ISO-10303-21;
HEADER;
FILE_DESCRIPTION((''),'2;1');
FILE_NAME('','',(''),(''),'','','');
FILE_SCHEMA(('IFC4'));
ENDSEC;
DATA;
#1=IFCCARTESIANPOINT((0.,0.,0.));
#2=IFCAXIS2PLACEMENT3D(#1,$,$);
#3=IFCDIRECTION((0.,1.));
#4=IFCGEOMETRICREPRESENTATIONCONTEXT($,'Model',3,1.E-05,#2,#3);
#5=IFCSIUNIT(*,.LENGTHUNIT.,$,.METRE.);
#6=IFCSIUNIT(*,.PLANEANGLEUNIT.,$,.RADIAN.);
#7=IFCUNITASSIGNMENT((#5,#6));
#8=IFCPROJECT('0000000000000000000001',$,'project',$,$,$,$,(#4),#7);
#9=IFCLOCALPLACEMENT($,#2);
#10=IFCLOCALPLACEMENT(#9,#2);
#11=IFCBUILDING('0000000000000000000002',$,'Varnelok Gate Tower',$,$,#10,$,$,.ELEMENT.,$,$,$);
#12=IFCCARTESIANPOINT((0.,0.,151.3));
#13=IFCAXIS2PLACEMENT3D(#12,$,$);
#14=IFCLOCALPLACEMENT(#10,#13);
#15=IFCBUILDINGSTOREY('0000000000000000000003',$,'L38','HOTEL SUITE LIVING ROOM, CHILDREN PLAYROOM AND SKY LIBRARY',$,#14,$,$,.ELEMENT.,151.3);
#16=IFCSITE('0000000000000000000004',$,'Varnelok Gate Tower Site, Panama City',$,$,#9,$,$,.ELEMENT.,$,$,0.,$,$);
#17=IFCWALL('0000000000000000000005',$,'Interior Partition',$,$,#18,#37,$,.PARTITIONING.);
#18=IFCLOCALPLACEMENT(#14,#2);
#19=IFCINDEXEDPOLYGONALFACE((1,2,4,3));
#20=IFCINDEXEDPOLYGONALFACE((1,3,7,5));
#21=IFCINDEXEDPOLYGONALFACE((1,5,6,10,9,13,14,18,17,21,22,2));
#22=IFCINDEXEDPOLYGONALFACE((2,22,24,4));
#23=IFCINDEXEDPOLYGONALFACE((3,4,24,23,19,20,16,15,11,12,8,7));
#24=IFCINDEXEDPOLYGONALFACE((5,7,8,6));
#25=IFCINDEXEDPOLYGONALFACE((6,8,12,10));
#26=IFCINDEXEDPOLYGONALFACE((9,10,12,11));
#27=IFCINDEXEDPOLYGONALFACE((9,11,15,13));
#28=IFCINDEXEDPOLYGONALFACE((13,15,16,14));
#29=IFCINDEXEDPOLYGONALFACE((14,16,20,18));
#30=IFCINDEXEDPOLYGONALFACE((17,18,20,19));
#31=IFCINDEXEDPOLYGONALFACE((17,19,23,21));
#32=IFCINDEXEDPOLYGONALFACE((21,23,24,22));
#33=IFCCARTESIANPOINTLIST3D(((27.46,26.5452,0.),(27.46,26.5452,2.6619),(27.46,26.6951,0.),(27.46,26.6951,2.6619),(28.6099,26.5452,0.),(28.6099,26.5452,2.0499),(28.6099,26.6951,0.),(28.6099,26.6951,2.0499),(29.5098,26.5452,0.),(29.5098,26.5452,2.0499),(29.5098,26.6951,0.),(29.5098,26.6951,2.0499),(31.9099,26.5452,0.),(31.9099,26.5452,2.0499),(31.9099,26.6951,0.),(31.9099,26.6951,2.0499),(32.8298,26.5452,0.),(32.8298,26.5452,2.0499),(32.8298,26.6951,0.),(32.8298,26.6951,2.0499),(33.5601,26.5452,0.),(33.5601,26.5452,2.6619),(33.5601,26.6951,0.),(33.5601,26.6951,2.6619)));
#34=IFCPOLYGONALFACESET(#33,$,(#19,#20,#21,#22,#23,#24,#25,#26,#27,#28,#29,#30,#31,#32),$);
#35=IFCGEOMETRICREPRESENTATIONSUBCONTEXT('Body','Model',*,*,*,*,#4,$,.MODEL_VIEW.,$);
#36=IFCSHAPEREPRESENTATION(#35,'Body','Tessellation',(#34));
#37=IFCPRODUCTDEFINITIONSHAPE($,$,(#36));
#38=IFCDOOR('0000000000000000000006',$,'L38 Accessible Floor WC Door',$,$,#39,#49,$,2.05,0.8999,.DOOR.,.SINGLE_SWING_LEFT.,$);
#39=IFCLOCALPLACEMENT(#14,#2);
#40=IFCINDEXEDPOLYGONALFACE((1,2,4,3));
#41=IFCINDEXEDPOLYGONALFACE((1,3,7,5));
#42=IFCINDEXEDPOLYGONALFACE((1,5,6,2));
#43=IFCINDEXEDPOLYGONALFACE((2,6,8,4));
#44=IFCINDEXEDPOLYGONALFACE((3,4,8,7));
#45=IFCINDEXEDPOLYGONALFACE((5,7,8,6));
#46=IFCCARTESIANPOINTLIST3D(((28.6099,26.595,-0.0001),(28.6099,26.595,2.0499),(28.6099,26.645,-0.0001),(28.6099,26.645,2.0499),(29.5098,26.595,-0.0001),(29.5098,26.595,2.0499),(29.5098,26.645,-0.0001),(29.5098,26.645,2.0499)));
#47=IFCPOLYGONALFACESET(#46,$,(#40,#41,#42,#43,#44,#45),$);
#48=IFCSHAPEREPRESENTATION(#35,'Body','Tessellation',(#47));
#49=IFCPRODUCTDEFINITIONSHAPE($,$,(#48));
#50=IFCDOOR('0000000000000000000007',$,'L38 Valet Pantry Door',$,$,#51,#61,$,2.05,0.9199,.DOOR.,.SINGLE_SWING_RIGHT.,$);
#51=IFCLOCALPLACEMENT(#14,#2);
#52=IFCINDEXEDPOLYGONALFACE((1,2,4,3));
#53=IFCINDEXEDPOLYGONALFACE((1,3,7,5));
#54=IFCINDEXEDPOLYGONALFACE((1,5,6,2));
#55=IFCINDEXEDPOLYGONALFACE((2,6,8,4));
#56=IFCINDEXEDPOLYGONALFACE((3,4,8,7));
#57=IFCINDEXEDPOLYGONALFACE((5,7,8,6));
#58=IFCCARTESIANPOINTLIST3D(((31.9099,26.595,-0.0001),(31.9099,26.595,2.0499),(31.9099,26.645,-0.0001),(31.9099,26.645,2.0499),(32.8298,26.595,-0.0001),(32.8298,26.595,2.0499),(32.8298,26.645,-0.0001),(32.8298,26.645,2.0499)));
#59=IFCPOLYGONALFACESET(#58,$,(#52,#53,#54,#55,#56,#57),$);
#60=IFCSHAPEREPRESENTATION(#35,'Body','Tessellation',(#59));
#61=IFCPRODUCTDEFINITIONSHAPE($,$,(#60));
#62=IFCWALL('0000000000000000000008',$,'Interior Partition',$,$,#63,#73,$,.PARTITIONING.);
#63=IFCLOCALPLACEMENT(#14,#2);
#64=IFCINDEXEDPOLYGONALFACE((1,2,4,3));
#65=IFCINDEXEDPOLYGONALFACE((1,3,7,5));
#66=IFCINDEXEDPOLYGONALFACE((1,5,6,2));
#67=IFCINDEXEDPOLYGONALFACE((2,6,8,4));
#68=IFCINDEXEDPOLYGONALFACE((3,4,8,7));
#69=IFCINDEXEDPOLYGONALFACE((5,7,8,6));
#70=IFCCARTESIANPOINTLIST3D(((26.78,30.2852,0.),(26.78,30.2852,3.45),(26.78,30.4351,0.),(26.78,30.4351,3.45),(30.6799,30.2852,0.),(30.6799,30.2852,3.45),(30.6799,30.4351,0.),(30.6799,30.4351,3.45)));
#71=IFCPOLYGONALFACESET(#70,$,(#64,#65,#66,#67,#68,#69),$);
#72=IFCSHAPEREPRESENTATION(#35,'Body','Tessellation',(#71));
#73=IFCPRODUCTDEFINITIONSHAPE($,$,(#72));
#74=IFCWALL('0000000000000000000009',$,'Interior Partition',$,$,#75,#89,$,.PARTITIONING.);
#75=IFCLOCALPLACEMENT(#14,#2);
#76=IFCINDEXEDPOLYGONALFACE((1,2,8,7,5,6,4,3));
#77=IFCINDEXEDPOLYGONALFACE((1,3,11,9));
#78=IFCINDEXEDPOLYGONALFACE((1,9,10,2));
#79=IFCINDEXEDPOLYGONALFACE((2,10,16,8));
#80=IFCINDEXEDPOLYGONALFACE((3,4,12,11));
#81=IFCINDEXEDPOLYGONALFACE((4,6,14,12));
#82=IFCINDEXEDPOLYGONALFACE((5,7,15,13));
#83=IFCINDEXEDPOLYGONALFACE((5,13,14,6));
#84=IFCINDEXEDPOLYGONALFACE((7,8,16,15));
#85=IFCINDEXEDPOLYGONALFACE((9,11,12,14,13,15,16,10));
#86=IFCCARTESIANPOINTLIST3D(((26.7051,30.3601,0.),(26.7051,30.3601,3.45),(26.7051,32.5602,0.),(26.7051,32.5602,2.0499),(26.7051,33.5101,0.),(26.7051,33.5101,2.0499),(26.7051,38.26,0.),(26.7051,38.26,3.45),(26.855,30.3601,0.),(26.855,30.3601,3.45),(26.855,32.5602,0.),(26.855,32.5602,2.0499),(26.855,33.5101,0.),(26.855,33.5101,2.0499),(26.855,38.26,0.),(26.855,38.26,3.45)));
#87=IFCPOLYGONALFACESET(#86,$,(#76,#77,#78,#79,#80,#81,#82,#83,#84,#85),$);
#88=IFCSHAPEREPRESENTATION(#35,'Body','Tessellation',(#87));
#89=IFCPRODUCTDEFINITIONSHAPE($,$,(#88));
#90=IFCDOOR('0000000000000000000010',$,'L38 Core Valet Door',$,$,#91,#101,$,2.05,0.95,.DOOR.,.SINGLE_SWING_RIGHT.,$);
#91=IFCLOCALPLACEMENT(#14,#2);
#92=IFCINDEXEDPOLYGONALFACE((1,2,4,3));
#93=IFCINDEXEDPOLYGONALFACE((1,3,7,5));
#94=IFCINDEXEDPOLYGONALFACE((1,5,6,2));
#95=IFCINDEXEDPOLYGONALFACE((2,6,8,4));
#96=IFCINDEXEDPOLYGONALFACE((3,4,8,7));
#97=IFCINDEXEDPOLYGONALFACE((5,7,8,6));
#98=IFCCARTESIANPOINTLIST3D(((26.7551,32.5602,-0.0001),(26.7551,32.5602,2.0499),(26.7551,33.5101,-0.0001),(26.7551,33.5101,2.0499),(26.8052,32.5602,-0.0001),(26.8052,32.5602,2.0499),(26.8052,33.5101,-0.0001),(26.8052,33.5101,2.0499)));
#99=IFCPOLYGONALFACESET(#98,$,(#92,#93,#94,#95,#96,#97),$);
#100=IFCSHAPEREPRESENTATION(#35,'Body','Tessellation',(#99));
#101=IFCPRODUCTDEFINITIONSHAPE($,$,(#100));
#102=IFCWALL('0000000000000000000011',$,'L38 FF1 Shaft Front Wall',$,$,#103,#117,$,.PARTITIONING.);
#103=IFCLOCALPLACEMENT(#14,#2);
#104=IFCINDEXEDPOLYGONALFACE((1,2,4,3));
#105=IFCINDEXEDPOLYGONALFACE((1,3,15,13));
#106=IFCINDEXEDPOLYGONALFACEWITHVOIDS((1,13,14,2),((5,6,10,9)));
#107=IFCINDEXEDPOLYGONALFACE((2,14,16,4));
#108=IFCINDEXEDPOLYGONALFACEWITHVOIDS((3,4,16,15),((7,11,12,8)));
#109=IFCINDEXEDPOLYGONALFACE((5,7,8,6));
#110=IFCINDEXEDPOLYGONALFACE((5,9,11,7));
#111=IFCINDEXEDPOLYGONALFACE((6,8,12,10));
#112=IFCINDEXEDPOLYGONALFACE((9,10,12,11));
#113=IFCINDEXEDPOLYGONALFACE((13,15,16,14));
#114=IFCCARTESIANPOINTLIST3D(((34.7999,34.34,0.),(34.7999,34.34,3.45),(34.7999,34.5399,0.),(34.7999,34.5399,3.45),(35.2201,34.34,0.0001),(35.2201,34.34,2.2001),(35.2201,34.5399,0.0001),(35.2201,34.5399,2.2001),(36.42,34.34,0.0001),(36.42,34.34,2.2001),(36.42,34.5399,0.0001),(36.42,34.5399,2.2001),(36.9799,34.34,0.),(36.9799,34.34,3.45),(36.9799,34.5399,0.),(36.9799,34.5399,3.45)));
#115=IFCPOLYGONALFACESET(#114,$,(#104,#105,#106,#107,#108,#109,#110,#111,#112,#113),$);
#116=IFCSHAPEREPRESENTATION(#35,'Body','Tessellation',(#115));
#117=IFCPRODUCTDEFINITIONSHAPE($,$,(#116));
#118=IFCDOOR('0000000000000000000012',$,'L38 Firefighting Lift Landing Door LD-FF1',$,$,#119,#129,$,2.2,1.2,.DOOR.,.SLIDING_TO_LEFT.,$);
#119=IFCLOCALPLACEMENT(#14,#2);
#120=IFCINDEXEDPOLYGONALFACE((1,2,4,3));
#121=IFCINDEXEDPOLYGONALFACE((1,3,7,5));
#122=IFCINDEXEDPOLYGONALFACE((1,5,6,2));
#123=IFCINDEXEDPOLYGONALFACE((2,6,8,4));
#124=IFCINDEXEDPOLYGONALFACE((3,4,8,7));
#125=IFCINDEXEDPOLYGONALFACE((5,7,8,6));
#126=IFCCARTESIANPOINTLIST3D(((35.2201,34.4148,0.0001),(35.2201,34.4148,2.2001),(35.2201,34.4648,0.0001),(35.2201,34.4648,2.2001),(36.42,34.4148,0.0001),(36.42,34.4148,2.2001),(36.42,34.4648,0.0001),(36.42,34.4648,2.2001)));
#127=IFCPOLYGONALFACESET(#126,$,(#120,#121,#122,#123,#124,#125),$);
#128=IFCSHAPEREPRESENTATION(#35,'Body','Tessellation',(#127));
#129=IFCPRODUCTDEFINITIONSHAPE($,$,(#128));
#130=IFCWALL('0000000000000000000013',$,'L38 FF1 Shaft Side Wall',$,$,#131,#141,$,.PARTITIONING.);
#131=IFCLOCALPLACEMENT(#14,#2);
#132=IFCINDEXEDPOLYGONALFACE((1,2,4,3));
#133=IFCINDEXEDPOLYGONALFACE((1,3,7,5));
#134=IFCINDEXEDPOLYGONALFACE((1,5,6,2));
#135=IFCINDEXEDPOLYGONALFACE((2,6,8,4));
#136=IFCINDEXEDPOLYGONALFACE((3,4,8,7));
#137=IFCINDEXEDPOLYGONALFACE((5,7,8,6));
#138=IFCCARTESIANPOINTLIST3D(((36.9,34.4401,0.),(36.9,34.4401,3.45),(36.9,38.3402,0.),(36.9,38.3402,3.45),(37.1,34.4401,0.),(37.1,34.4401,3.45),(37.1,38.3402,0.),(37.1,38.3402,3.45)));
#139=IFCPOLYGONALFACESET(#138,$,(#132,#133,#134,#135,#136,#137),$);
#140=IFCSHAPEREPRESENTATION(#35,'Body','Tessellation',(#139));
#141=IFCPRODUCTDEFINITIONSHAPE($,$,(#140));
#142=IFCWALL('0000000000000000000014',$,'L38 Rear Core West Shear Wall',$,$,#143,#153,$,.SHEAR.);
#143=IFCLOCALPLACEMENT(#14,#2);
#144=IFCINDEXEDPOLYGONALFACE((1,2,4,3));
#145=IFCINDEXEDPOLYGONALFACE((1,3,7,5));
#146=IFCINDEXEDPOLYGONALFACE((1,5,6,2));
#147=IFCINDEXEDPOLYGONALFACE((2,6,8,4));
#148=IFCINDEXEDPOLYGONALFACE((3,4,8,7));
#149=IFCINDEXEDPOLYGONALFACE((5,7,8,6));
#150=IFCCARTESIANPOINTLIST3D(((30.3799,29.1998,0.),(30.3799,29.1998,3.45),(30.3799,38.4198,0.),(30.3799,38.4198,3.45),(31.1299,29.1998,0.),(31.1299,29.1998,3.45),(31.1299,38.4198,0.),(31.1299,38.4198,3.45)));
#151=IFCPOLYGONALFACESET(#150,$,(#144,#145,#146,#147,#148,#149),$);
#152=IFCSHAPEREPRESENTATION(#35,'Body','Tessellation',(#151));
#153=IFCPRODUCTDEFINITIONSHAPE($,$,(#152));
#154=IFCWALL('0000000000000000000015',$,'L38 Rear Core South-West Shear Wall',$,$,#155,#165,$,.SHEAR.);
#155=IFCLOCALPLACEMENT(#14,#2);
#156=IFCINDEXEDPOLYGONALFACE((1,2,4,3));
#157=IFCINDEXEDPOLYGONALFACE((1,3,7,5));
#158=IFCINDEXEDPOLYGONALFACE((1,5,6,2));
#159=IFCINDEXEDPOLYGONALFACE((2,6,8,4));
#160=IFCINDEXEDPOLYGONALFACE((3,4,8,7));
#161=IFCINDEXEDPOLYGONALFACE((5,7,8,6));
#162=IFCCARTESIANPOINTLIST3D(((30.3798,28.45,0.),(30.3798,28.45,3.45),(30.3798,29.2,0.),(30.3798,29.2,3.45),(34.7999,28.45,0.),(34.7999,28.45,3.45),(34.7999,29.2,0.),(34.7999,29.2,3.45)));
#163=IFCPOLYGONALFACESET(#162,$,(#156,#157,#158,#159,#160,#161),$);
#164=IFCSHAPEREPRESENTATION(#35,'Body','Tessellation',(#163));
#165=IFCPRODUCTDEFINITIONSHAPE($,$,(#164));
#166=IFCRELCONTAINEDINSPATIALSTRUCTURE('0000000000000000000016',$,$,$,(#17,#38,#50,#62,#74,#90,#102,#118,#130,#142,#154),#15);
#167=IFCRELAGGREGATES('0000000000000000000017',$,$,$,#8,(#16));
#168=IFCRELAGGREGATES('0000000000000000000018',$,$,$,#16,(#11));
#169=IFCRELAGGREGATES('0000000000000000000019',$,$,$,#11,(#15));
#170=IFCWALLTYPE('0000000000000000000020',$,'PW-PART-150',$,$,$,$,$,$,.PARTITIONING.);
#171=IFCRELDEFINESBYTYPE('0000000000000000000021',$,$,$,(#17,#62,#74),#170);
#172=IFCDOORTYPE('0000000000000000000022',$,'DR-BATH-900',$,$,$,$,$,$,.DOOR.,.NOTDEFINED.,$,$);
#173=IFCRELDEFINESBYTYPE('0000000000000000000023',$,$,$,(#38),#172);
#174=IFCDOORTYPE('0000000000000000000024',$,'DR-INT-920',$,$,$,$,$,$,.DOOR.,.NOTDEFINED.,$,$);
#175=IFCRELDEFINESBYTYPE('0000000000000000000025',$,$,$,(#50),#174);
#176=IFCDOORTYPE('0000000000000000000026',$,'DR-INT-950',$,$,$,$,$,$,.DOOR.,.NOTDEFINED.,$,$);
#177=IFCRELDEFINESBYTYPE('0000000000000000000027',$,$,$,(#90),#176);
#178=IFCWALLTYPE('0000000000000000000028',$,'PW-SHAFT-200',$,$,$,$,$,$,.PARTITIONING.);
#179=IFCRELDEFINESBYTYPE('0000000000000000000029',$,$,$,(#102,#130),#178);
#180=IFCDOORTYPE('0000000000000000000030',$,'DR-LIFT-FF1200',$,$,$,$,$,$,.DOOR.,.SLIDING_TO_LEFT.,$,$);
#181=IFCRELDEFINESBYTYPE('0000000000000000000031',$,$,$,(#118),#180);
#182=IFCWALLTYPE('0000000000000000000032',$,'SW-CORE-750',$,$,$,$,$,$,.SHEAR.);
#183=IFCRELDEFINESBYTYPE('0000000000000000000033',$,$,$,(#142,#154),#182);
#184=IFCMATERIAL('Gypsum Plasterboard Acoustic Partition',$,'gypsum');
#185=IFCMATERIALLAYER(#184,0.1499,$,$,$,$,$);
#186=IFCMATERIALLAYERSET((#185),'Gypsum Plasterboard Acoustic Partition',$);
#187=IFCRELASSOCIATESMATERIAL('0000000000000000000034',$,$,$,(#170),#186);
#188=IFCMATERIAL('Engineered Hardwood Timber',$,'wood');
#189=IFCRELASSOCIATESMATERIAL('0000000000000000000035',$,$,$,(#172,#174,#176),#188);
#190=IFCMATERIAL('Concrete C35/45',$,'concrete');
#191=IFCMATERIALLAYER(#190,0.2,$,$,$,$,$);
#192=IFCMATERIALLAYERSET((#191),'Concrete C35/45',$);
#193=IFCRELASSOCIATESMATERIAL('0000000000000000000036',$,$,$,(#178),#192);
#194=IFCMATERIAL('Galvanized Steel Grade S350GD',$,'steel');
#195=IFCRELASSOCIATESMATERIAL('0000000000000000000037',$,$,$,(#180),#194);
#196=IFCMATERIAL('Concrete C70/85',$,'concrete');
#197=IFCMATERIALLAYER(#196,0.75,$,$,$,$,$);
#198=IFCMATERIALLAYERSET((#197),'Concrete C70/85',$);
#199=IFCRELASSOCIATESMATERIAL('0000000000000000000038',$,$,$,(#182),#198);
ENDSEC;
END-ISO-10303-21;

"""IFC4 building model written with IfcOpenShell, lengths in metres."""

from ifc_helpers import new_model, si_unit, direction, frame, frame_2d, origin, place, context, subcontext, project, spatial, rectangle, extrude, material, layer, layer_set, type_object, element, fill, save


model = new_model("IFC4")

# Units and contexts
model_context = context("Model", 3, precision=1e-05, world=origin(), true_north=direction((0.0, 1.0)))
body_context = subcontext(model_context, "Body", "Model", "MODEL_VIEW")
ifc_project = project(units=[si_unit("LENGTHUNIT", "METRE"), si_unit("PLANEANGLEUNIT", "RADIAN")], contexts=[model_context])

# Site, building, storey
site_placement = place(None, origin())
site = spatial("IfcSite", under=ifc_project, at=site_placement, Name="Varnelok Gate Tower Site, Panama City", CompositionType="ELEMENT", RefElevation=0.0)
building_placement = place(site_placement, origin())
building = spatial("IfcBuilding", under=site, at=building_placement, Name="Varnelok Gate Tower", CompositionType="ELEMENT")
storey_placement = place(building_placement, frame((0.0, 0.0, 151.3)))
storey = spatial("IfcBuildingStorey", under=building, at=storey_placement, Name="L38", Description="HOTEL SUITE LIVING ROOM, CHILDREN PLAYROOM AND SKY LIBRARY", CompositionType="ELEMENT", Elevation=151.3)

# Wall, openings, doors
ifc_material_1 = material(Name="Gypsum Plasterboard Acoustic Partition", Category="gypsum")
ifc_layer_1 = layer(ifc_material_1, 0.1499)
ifc_layer_set_1 = layer_set([ifc_layer_1], Name="Gypsum Plasterboard Acoustic Partition")
wall_type_1 = type_object("IfcWallType", Name="PW-PART-150", PredefinedType="PARTITIONING", material=ifc_layer_set_1)
wall_1_placement = place(storey_placement, frame((27.46, 26.6201, 0.0), z_axis=(0.0, 0.0, 1.0), x_axis=(1.0, 0.0, 0.0)))
wall_1 = element("IfcWall", 1, at=wall_1_placement, inside=storey, type_object=wall_type_1, Name="Interior Partition", PredefinedType="PARTITIONING", context=body_context, shape_type="SweptSolid", body=[
    extrude(rectangle(XDim=6.1001, YDim=0.1499, at=frame_2d((3.05, 0.0))), origin(), (0.0, 0.0, 1.0), 2.6619),
])
opening_1_placement = place(wall_1_placement, frame((1.1499, 0.0, 0.0)))
opening_1 = element("IfcOpeningElement", 2, at=opening_1_placement, cuts=wall_1, PredefinedType="OPENING", context=body_context, shape_type="SweptSolid", body=[
    extrude(rectangle(XDim=0.8999, YDim=2.05, at=frame_2d((0.45, 1.0249))), frame((0.0, 0.085, 0.0), z_axis=(0.0, -1.0, 0.0), x_axis=(1.0, 0.0, 0.0)), (0.0, 0.0, 1.0), 0.1699),
])
opening_2_placement = place(wall_1_placement, frame((4.45, 0.0, 0.0)))
opening_2 = element("IfcOpeningElement", 3, at=opening_2_placement, cuts=wall_1, PredefinedType="OPENING", context=body_context, shape_type="SweptSolid", body=[
    extrude(rectangle(XDim=0.9199, YDim=2.05, at=frame_2d((0.46, 1.0249))), frame((0.0, 0.085, 0.0), z_axis=(0.0, -1.0, 0.0), x_axis=(1.0, 0.0, 0.0)), (0.0, 0.0, 1.0), 0.1699),
])
ifc_material_2 = material(Name="Engineered Hardwood Timber", Category="wood")
door_type_1 = type_object("IfcDoorType", Name="DR-BATH-900", OperationType="NOTDEFINED", PredefinedType="DOOR", material=ifc_material_2)
door_1_placement = place(opening_1_placement, origin())
door_1 = element("IfcDoor", 4, at=door_1_placement, inside=storey, type_object=door_type_1, Name="L38 Accessible Floor WC Door", OperationType="SINGLE_SWING_LEFT", OverallHeight=2.05, OverallWidth=0.8999, PredefinedType="DOOR", context=body_context, shape_type="SweptSolid", body=[
    extrude(rectangle(XDim=0.8999, YDim=2.05, at=frame_2d((0.45, 1.0249))), frame((0.0, 0.0249, 0.0), z_axis=(0.0, -1.0, 0.0), x_axis=(1.0, 0.0, 0.0)), (0.0, 0.0, 1.0), 0.05),
])
fill(opening_1, door_1)
door_type_2 = type_object("IfcDoorType", Name="DR-INT-920", OperationType="NOTDEFINED", PredefinedType="DOOR", material=ifc_material_2)
door_2_placement = place(opening_2_placement, origin())
door_2 = element("IfcDoor", 5, at=door_2_placement, inside=storey, type_object=door_type_2, Name="L38 Valet Pantry Door", OperationType="SINGLE_SWING_RIGHT", OverallHeight=2.05, OverallWidth=0.9199, PredefinedType="DOOR", context=body_context, shape_type="SweptSolid", body=[
    extrude(rectangle(XDim=0.9199, YDim=2.05, at=frame_2d((0.46, 1.0249))), frame((0.0, 0.0249, 0.0), z_axis=(0.0, -1.0, 0.0), x_axis=(1.0, 0.0, 0.0)), (0.0, 0.0, 1.0), 0.05),
])
fill(opening_2, door_2)

# Wall
wall_2_placement = place(storey_placement, frame((26.78, 30.3601, 0.0), z_axis=(0.0, 0.0, 1.0), x_axis=(1.0, 0.0, 0.0)))
element("IfcWall", 6, at=wall_2_placement, inside=storey, type_object=wall_type_1, Name="Interior Partition", PredefinedType="PARTITIONING", context=body_context, shape_type="SweptSolid", body=[
    extrude(rectangle(XDim=3.8999, YDim=0.1499, at=frame_2d((1.95, 0.0))), origin(), (0.0, 0.0, 1.0), 3.45),
])

# Walls, openings, doors
wall_3_placement = place(storey_placement, frame((26.78, 30.3601, 0.0), z_axis=(0.0, 0.0, 1.0), x_axis=(0.0, 1.0, 0.0)))
wall_3 = element("IfcWall", 7, at=wall_3_placement, inside=storey, type_object=wall_type_1, Name="Interior Partition", PredefinedType="PARTITIONING", context=body_context, shape_type="SweptSolid", body=[
    extrude(rectangle(XDim=7.8999, YDim=0.1499, at=frame_2d((3.95, 0.0))), origin(), (0.0, 0.0, 1.0), 3.45),
])
opening_3_placement = place(wall_3_placement, frame((2.2, 0.0, 0.0)))
opening_3 = element("IfcOpeningElement", 8, at=opening_3_placement, cuts=wall_3, PredefinedType="OPENING", context=body_context, shape_type="SweptSolid", body=[
    extrude(rectangle(XDim=0.95, YDim=2.05, at=frame_2d((0.4751, 1.0249))), frame((0.0, 0.085, 0.0), z_axis=(0.0, -1.0, 0.0), x_axis=(1.0, 0.0, 0.0)), (0.0, 0.0, 1.0), 0.1699),
])
door_type_3 = type_object("IfcDoorType", Name="DR-INT-950", OperationType="NOTDEFINED", PredefinedType="DOOR", material=ifc_material_2)
door_3_placement = place(opening_3_placement, origin())
door_3 = element("IfcDoor", 9, at=door_3_placement, inside=storey, type_object=door_type_3, Name="L38 Core Valet Door", OperationType="SINGLE_SWING_RIGHT", OverallHeight=2.05, OverallWidth=0.95, PredefinedType="DOOR", context=body_context, shape_type="SweptSolid", body=[
    extrude(rectangle(XDim=0.95, YDim=2.05, at=frame_2d((0.4751, 1.0249))), frame((0.0, 0.0249, 0.0), z_axis=(0.0, -1.0, 0.0), x_axis=(1.0, 0.0, 0.0)), (0.0, 0.0, 1.0), 0.05),
])
fill(opening_3, door_3)
ifc_material_3 = material(Name="Concrete C35/45", Category="concrete")
ifc_layer_2 = layer(ifc_material_3, 0.2)
ifc_layer_set_2 = layer_set([ifc_layer_2], Name="Concrete C35/45")
wall_type_2 = type_object("IfcWallType", Name="PW-SHAFT-200", PredefinedType="PARTITIONING", material=ifc_layer_set_2)
wall_4_placement = place(storey_placement, frame((34.8, 34.4399, 0.0), z_axis=(0.0, 0.0, 1.0), x_axis=(1.0, 0.0, 0.0)))
wall_4 = element("IfcWall", 10, at=wall_4_placement, inside=storey, type_object=wall_type_2, Name="L38 FF1 Shaft Front Wall", PredefinedType="PARTITIONING", context=body_context, shape_type="SweptSolid", body=[
    extrude(rectangle(XDim=2.1799, YDim=0.2, at=frame_2d((1.0898, 0.0))), origin(), (0.0, 0.0, 1.0), 3.45),
])
opening_4_placement = place(wall_4_placement, frame((0.4199, 0.0, 0.0)))
opening_4 = element("IfcOpeningElement", 11, at=opening_4_placement, cuts=wall_4, PredefinedType="OPENING", context=body_context, shape_type="SweptSolid", body=[
    extrude(rectangle(XDim=1.2, YDim=2.2, at=frame_2d((0.6001, 1.1001))), frame((0.0, 0.1099, 0.0), z_axis=(0.0, -1.0, 0.0), x_axis=(1.0, 0.0, 0.0)), (0.0, 0.0, 1.0), 0.22),
])
ifc_material_4 = material(Name="Galvanized Steel Grade S350GD", Category="steel")
door_type_4 = type_object("IfcDoorType", Name="DR-LIFT-FF1200", OperationType="SLIDING_TO_LEFT", PredefinedType="DOOR", material=ifc_material_4)
door_4_placement = place(opening_4_placement, origin())
door_4 = element("IfcDoor", 12, at=door_4_placement, inside=storey, type_object=door_type_4, Name="L38 Firefighting Lift Landing Door LD-FF1", OperationType="SLIDING_TO_LEFT", OverallHeight=2.2, OverallWidth=1.2, PredefinedType="DOOR", context=body_context, shape_type="SweptSolid", body=[
    extrude(rectangle(XDim=1.2, YDim=2.2, at=frame_2d((0.6001, 1.1001))), frame((0.0, 0.0249, 0.0), z_axis=(0.0, -1.0, 0.0), x_axis=(1.0, 0.0, 0.0)), (0.0, 0.0, 1.0), 0.05),
])
fill(opening_4, door_4)

# Walls
wall_5_placement = place(storey_placement, frame((37.0, 34.4399, 0.0), z_axis=(0.0, 0.0, 1.0), x_axis=(0.0, 1.0, 0.0)))
element("IfcWall", 13, at=wall_5_placement, inside=storey, type_object=wall_type_2, Name="L38 FF1 Shaft Side Wall", PredefinedType="PARTITIONING", context=body_context, shape_type="SweptSolid", body=[
    extrude(rectangle(XDim=3.9001, YDim=0.2, at=frame_2d((1.9502, 0.0))), origin(), (0.0, 0.0, 1.0), 3.45),
])
ifc_material_5 = material(Name="Concrete C70/85", Category="concrete")
ifc_layer_3 = layer(ifc_material_5, 0.75)
ifc_layer_set_3 = layer_set([ifc_layer_3], Name="Concrete C70/85")
wall_type_3 = type_object("IfcWallType", Name="SW-CORE-750", PredefinedType="SHEAR", material=ifc_layer_set_3)
wall_6_placement = place(storey_placement, frame((30.7549, 29.2, 0.0), z_axis=(0.0, 0.0, 1.0), x_axis=(0.0, 1.0, 0.0)))
element("IfcWall", 14, at=wall_6_placement, inside=storey, type_object=wall_type_3, Name="L38 Rear Core West Shear Wall", PredefinedType="SHEAR", context=body_context, shape_type="SweptSolid", body=[
    extrude(rectangle(XDim=9.22, YDim=0.75, at=frame_2d((4.6099, 0.0))), origin(), (0.0, 0.0, 1.0), 3.45),
])
wall_7_placement = place(storey_placement, frame((30.3799, 28.825, 0.0), z_axis=(0.0, 0.0, 1.0), x_axis=(1.0, 0.0, 0.0)))
element("IfcWall", 15, at=wall_7_placement, inside=storey, type_object=wall_type_3, Name="L38 Rear Core South-West Shear Wall", PredefinedType="SHEAR", context=body_context, shape_type="SweptSolid", body=[
    extrude(rectangle(XDim=4.4202, YDim=0.75, at=frame_2d((2.21, 0.0))), origin(), (0.0, 0.0, 1.0), 3.45),
])

save(model, "model.ifc")
